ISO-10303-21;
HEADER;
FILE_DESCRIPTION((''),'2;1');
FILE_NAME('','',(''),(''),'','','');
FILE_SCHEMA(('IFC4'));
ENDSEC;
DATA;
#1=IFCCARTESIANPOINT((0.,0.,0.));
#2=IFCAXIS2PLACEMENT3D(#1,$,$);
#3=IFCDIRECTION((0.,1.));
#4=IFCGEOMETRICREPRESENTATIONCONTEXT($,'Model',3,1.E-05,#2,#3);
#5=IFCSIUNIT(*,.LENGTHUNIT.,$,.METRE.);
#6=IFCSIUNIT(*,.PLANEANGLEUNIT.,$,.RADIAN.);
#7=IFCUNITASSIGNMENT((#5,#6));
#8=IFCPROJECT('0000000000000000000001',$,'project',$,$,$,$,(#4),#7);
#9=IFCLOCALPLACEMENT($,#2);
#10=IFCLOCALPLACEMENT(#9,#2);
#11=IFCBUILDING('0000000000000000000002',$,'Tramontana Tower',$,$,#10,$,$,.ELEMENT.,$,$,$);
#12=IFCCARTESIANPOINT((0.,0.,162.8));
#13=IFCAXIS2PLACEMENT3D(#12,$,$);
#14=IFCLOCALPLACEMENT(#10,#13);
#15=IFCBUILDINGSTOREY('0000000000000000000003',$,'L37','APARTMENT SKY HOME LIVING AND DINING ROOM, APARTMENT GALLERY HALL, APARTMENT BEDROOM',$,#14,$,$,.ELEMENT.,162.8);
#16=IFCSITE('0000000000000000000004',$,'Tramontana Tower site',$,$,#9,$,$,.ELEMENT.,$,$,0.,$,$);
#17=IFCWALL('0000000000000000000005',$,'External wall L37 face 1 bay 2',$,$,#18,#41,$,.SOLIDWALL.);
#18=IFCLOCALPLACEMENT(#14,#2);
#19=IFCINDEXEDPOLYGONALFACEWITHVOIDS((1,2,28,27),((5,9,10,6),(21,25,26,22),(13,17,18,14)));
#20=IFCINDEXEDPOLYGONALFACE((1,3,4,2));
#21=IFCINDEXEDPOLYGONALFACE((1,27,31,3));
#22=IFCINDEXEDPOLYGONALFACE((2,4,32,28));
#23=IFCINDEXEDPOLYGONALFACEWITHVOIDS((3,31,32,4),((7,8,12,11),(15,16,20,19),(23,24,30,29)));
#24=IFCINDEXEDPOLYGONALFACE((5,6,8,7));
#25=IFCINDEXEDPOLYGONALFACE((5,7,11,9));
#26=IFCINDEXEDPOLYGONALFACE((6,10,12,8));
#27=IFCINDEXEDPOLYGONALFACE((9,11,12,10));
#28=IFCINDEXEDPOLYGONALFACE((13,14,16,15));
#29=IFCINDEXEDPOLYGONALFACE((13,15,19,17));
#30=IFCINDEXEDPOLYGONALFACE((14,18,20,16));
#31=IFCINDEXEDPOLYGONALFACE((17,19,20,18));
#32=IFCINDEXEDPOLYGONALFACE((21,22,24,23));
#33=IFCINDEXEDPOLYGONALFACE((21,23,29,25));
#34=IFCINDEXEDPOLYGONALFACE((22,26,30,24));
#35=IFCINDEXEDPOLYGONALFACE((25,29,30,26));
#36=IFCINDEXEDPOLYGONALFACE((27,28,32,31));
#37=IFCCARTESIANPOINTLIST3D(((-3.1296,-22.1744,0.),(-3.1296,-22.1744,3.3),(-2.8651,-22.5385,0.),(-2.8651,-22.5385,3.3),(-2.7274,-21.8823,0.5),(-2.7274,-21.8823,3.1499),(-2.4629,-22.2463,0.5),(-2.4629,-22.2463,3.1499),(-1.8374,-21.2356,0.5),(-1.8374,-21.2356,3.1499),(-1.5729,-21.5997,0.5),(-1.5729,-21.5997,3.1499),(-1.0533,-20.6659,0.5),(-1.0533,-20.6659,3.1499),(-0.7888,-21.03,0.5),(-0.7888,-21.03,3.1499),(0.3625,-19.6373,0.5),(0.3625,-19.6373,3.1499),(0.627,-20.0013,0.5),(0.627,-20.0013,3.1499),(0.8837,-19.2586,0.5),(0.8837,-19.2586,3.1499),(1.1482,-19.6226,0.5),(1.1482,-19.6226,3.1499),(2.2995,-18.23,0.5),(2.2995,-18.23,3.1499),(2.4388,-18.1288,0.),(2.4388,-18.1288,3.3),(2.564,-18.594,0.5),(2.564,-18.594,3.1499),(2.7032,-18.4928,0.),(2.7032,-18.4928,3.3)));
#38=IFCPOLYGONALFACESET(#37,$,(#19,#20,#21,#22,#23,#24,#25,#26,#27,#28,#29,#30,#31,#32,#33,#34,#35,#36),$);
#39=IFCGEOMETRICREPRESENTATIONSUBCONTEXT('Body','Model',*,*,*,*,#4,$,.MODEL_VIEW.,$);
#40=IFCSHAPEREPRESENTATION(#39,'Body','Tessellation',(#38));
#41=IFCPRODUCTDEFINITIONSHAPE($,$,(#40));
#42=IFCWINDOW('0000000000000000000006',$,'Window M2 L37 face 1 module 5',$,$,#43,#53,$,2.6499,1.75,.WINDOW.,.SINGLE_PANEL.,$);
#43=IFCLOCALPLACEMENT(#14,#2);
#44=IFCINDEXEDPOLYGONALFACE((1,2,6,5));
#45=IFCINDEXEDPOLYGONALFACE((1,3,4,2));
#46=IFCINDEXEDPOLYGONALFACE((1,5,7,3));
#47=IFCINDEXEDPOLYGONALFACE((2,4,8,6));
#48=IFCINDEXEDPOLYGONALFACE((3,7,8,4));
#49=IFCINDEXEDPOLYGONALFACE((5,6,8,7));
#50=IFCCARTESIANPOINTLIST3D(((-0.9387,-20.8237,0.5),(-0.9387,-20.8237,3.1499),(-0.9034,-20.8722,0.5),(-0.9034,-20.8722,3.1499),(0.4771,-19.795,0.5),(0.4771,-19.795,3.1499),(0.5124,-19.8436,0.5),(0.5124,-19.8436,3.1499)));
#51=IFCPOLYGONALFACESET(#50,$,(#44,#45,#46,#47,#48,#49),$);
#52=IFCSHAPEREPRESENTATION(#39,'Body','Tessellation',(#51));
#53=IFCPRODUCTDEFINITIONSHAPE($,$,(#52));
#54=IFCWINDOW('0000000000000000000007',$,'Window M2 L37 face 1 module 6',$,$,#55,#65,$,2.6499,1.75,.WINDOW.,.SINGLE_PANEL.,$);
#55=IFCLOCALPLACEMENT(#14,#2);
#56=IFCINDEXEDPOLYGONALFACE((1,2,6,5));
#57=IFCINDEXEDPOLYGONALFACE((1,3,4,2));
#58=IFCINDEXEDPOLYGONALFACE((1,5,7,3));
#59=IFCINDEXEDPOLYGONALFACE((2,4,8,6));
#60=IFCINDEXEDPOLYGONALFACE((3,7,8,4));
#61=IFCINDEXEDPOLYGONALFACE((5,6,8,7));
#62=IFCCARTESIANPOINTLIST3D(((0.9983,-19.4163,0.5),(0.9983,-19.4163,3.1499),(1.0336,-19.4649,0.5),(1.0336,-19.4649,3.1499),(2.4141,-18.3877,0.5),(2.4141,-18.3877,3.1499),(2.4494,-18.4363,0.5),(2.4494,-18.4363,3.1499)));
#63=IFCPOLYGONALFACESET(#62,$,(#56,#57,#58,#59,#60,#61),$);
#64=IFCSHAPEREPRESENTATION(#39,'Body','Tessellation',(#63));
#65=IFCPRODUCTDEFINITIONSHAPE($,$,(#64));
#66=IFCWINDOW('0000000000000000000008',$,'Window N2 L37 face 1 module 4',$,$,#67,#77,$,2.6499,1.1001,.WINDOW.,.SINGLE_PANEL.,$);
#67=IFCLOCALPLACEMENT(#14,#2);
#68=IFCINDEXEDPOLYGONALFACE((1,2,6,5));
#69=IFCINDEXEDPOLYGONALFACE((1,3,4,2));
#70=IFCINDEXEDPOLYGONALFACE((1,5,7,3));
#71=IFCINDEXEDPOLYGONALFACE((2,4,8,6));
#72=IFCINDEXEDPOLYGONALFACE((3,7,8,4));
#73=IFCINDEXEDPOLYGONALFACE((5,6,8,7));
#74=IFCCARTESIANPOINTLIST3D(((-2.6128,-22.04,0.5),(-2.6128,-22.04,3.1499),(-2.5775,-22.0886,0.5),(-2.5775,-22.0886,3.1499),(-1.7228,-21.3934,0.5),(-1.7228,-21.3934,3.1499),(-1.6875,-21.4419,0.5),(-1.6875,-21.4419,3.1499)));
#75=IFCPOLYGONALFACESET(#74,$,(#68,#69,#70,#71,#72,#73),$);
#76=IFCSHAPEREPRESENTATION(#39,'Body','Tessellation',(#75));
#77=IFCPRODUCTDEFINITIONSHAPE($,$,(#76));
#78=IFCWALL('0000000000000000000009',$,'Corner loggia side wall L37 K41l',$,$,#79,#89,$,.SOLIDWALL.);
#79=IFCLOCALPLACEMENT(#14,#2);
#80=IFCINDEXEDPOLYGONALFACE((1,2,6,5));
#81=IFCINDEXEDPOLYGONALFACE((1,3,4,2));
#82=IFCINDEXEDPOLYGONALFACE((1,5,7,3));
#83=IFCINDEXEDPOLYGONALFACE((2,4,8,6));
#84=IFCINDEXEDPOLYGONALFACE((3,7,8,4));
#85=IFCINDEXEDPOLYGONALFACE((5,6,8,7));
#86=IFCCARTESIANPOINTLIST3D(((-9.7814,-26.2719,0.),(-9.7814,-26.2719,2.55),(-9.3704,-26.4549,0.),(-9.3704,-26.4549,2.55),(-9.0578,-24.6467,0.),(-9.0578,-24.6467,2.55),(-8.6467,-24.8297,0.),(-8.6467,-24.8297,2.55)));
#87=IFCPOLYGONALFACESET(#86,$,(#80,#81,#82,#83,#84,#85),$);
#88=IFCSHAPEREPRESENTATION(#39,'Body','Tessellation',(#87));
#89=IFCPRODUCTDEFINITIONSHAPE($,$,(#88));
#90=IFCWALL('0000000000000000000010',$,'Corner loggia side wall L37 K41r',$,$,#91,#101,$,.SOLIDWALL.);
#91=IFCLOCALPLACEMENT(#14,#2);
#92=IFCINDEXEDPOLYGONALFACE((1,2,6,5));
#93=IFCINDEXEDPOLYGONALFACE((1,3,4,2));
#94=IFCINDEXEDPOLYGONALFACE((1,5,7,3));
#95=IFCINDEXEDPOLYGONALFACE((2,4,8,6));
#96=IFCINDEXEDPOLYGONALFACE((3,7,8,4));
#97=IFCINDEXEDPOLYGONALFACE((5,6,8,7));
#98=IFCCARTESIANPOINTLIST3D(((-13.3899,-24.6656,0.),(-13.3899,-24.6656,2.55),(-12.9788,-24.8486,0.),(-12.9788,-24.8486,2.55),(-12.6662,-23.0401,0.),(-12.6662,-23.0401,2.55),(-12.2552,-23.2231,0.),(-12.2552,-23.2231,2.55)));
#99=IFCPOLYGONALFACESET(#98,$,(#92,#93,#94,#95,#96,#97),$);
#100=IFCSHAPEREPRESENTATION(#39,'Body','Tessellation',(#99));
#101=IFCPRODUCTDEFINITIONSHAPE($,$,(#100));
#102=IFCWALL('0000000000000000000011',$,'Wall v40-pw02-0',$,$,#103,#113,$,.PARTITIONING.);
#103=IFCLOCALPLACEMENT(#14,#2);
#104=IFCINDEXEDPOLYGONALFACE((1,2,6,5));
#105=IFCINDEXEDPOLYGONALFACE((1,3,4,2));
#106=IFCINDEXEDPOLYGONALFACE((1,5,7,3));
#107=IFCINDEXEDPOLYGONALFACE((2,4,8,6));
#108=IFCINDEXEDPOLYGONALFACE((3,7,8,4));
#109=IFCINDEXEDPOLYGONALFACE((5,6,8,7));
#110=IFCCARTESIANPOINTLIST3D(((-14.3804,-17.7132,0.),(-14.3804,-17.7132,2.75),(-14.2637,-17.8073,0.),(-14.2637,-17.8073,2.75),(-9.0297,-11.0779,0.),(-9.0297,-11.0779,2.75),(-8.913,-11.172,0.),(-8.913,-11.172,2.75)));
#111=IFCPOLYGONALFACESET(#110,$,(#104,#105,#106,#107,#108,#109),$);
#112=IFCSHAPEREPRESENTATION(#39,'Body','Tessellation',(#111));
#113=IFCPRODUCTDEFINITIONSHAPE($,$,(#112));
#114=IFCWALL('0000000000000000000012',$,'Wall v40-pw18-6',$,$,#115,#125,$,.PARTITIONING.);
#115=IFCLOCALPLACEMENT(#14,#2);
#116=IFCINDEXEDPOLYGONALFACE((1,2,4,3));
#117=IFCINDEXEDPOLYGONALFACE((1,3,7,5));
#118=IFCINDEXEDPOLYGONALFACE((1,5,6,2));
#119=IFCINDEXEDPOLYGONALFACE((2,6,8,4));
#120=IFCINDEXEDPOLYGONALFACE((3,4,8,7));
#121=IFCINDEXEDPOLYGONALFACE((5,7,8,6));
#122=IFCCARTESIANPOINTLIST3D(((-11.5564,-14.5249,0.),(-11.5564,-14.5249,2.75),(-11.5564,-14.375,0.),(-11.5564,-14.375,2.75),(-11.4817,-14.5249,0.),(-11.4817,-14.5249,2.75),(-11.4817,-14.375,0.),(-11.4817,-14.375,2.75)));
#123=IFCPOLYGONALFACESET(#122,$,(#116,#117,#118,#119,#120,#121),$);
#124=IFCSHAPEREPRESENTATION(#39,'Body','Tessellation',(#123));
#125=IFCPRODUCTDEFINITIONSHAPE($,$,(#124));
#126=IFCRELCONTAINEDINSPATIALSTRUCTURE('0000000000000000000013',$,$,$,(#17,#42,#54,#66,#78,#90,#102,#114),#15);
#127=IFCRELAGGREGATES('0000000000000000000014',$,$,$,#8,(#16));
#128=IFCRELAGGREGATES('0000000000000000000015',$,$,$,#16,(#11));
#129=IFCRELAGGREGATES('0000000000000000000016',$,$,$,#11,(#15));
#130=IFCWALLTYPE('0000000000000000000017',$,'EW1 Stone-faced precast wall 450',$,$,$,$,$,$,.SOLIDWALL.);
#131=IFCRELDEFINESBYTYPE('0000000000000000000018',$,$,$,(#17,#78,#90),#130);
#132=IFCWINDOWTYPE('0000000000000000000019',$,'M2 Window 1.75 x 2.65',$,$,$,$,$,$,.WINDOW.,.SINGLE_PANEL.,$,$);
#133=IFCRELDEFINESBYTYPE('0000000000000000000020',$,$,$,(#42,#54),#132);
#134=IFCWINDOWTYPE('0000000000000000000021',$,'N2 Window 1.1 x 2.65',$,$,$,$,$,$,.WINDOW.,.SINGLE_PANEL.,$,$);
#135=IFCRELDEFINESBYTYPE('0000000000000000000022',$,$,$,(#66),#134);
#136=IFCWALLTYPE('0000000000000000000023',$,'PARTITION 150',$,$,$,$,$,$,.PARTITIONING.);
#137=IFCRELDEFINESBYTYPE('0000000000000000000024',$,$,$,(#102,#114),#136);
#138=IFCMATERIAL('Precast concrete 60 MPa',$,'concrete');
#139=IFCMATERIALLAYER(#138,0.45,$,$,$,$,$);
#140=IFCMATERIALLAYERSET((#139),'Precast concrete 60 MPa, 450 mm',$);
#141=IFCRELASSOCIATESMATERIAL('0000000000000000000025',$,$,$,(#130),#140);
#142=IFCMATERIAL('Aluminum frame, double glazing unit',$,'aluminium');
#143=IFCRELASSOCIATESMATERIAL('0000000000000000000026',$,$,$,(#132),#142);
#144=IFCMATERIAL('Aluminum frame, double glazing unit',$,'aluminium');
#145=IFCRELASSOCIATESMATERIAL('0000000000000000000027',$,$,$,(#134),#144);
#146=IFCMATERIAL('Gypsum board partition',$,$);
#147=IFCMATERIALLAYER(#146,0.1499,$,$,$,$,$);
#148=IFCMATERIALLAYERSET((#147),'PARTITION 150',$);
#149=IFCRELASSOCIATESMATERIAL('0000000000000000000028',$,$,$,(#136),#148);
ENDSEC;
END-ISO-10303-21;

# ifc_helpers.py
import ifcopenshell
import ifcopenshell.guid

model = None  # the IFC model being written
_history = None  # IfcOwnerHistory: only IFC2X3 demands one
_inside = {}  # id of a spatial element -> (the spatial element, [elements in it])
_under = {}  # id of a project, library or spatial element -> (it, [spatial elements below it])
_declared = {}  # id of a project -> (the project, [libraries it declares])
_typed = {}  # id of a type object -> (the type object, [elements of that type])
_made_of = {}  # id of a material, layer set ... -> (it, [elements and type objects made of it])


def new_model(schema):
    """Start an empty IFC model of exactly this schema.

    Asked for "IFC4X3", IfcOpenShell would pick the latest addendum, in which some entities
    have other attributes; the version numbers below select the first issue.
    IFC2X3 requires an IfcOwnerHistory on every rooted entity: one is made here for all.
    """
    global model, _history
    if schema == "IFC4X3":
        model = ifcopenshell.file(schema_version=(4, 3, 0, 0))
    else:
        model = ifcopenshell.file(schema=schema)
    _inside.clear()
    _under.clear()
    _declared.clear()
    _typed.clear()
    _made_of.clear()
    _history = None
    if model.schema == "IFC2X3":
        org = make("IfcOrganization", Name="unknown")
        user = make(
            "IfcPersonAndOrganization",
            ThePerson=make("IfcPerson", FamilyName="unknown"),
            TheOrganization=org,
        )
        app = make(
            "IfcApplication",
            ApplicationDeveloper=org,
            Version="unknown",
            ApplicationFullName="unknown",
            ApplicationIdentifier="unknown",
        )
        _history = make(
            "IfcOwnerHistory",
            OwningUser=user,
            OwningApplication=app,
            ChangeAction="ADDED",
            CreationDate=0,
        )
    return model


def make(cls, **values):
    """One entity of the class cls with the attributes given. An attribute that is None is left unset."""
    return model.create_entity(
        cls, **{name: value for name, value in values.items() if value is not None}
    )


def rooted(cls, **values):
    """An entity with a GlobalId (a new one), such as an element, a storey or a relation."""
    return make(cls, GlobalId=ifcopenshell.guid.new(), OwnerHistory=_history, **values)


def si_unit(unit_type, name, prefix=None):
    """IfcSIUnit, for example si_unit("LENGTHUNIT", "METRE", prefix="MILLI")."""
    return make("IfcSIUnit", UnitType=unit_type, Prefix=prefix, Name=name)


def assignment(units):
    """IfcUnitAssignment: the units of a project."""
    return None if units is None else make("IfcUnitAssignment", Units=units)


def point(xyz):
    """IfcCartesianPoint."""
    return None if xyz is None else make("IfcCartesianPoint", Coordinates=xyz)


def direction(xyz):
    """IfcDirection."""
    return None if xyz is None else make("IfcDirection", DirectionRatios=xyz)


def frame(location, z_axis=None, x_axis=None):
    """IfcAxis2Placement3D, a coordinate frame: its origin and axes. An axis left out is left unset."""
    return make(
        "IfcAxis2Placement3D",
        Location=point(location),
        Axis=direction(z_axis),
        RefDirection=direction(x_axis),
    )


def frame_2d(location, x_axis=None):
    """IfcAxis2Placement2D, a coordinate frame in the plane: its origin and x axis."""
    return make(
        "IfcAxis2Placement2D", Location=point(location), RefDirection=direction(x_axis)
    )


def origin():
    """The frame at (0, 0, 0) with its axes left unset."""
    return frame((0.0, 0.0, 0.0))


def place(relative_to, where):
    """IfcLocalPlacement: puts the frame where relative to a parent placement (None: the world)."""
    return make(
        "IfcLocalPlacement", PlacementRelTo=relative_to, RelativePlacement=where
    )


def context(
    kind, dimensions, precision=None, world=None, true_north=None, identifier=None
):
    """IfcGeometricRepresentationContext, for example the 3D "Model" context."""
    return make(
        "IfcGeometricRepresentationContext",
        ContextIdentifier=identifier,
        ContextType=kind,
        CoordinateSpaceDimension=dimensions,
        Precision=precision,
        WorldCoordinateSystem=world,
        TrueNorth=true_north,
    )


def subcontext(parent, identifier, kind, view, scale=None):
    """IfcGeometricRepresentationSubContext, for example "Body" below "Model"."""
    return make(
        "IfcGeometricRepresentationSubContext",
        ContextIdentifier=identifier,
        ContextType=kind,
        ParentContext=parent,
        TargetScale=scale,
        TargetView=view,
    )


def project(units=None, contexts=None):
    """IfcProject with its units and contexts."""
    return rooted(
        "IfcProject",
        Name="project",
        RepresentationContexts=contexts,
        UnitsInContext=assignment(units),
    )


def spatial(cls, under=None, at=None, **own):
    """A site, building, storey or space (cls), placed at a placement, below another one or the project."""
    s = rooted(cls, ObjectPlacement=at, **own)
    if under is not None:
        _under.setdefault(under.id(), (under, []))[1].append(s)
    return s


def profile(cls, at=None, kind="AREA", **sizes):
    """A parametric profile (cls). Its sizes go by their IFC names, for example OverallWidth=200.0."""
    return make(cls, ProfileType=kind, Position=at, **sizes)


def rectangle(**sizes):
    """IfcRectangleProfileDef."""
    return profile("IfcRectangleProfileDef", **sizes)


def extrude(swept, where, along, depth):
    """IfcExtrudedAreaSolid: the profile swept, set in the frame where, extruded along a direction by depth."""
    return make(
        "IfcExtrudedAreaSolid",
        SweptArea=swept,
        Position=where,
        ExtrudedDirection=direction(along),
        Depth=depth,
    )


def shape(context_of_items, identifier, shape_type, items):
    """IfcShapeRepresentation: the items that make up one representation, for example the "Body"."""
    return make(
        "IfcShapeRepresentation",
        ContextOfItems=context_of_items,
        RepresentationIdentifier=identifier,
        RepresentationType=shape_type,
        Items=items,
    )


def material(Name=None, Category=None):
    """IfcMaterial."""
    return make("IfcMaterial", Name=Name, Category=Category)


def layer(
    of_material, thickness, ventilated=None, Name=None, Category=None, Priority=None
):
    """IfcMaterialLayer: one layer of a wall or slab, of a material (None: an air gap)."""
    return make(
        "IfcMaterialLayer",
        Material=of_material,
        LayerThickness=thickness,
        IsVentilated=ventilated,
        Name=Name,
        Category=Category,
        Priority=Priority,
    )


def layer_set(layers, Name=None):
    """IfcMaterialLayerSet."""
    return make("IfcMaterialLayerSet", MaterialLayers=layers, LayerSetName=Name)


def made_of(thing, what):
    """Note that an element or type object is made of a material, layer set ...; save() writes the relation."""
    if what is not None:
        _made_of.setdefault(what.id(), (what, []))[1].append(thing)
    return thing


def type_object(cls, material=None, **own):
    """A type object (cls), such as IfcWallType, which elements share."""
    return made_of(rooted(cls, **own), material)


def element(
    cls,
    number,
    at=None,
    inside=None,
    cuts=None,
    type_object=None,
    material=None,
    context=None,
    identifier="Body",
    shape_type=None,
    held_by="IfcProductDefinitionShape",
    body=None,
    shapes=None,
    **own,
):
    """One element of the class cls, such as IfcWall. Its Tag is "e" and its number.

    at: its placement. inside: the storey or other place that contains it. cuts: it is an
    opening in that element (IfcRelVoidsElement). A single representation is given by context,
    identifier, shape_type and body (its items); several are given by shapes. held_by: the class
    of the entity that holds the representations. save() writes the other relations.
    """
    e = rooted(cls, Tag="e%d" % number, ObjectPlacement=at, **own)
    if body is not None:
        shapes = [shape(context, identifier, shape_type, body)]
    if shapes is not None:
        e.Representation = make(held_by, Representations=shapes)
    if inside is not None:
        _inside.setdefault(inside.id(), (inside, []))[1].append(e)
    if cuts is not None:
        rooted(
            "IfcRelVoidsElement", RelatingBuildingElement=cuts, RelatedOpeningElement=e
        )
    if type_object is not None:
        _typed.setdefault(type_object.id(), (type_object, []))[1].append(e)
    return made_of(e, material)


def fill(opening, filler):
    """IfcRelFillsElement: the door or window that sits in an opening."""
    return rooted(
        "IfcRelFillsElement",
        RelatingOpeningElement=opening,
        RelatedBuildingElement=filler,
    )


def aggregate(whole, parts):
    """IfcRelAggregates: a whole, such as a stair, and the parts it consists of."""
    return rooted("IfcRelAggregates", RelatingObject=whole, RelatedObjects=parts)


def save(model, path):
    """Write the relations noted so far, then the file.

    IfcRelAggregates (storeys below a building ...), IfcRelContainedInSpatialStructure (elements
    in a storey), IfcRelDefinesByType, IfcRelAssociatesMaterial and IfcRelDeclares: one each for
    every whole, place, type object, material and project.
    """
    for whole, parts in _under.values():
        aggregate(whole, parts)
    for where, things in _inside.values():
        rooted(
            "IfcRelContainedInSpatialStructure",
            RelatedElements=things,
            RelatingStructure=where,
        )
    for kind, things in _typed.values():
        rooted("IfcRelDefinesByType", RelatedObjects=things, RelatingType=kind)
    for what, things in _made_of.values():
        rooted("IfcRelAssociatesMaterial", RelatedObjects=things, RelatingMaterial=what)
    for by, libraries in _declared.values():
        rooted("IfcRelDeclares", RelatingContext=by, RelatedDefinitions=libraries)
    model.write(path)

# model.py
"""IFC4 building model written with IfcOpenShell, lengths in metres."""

from ifc_helpers import new_model, si_unit, direction, frame, frame_2d, origin, place, context, subcontext, project, spatial, rectangle, extrude, material, layer, layer_set, type_object, element, fill, save


model = new_model("IFC4")

# Units and contexts
model_context = context("Model", 3, precision=1e-05, world=origin(), true_north=direction((0.0, 1.0)))
body_context = subcontext(model_context, "Body", "Model", "MODEL_VIEW")
ifc_project = project(units=[si_unit("LENGTHUNIT", "METRE"), si_unit("PLANEANGLEUNIT", "RADIAN")], contexts=[model_context])

# Site, building, storey
site_placement = place(None, origin())
site = spatial("IfcSite", under=ifc_project, at=site_placement, Name="Tramontana Tower site", CompositionType="ELEMENT", RefElevation=0.0)
building_placement = place(site_placement, origin())
building = spatial("IfcBuilding", under=site, at=building_placement, Name="Tramontana Tower", CompositionType="ELEMENT")
storey_placement = place(building_placement, frame((0.0, 0.0, 162.8)))
storey = spatial("IfcBuildingStorey", under=building, at=storey_placement, Name="L37", Description="APARTMENT SKY HOME LIVING AND DINING ROOM, APARTMENT GALLERY HALL, APARTMENT BEDROOM", CompositionType="ELEMENT", Elevation=162.8)

# Wall, openings, windows
ifc_material_1 = material(Name="Precast concrete 60 MPa", Category="concrete")
ifc_layer_1 = layer(ifc_material_1, 0.45)
ifc_layer_set_1 = layer_set([ifc_layer_1], Name="Precast concrete 60 MPa, 450 mm")
wall_type_1 = type_object("IfcWallType", Name="EW1 Stone-faced precast wall 450", PredefinedType="SOLIDWALL", material=ifc_layer_set_1)
ifc_material_2 = material(Name="Aluminum frame, double glazing unit", Category="aluminium")
window_type_1 = type_object("IfcWindowType", Name="M2 Window 1.75 x 2.65", PartitioningType="SINGLE_PANEL", PredefinedType="WINDOW", material=ifc_material_2)
wall_1_placement = place(storey_placement, frame((-2.9973, -22.3564, 0.0), z_axis=(0.0, 0.0, 1.0), x_axis=(0.809017, 0.587786, 0.0)))
wall_1 = element("IfcWall", 1, at=wall_1_placement, inside=storey, type_object=wall_type_1, Name="External wall L37 face 1 bay 2", PredefinedType="SOLIDWALL", context=body_context, shape_type="SweptSolid", body=[
    extrude(rectangle(XDim=6.8828, YDim=0.45, at=frame_2d((3.4414, 0.0))), origin(), (0.0, 0.0, 1.0), 3.3),
])
opening_1_placement = place(wall_1_placement, frame((0.4971, 0.0, 0.5)))
opening_1 = element("IfcOpeningElement", 2, at=opening_1_placement, cuts=wall_1, PredefinedType="OPENING", context=body_context, shape_type="SweptSolid", body=[
    extrude(rectangle(XDim=1.1001, YDim=2.6499, at=frame_2d((0.55, 1.325))), frame((0.0, 0.2349, 0.0), z_axis=(0.0, -1.0, 0.0), x_axis=(1.0, 0.0, 0.0)), (0.0, 0.0, 1.0), 0.47),
])
opening_2_placement = place(wall_1_placement, frame((2.5664, 0.0, 0.5)))
opening_2 = element("IfcOpeningElement", 3, at=opening_2_placement, cuts=wall_1, PredefinedType="OPENING", context=body_context, shape_type="SweptSolid", body=[
    extrude(rectangle(XDim=1.75, YDim=2.6499, at=frame_2d((0.875, 1.325))), frame((0.0, 0.2349, 0.0), z_axis=(0.0, -1.0, 0.0), x_axis=(1.0, 0.0, 0.0)), (0.0, 0.0, 1.0), 0.47),
])
opening_3_placement = place(wall_1_placement, frame((4.9607, 0.0, 0.5)))
opening_3 = element("IfcOpeningElement", 4, at=opening_3_placement, cuts=wall_1, PredefinedType="OPENING", context=body_context, shape_type="SweptSolid", body=[
    extrude(rectangle(XDim=1.75, YDim=2.6499, at=frame_2d((0.875, 1.325))), frame((0.0, 0.2349, 0.0), z_axis=(0.0, -1.0, 0.0), x_axis=(1.0, 0.0, 0.0)), (0.0, 0.0, 1.0), 0.47),
])
window_1_placement = place(opening_2_placement, origin())
window_1 = element("IfcWindow", 5, at=window_1_placement, inside=storey, type_object=window_type_1, Name="Window M2 L37 face 1 module 5", OverallHeight=2.6499, OverallWidth=1.75, PartitioningType="SINGLE_PANEL", PredefinedType="WINDOW", context=body_context, shape_type="SweptSolid", body=[
    extrude(rectangle(XDim=1.75, YDim=2.6499, at=frame_2d((0.875, 1.325))), frame((0.0, 0.03, 0.0), z_axis=(0.0, -1.0, 0.0), x_axis=(1.0, 0.0, 0.0)), (0.0, 0.0, 1.0), 0.0601),
])
fill(opening_2, window_1)
window_2_placement = place(opening_3_placement, origin())
window_2 = element("IfcWindow", 6, at=window_2_placement, inside=storey, type_object=window_type_1, Name="Window M2 L37 face 1 module 6", OverallHeight=2.6499, OverallWidth=1.75, PartitioningType="SINGLE_PANEL", PredefinedType="WINDOW", context=body_context, shape_type="SweptSolid", body=[
    extrude(rectangle(XDim=1.75, YDim=2.6499, at=frame_2d((0.875, 1.325))), frame((0.0, 0.03, 0.0), z_axis=(0.0, -1.0, 0.0), x_axis=(1.0, 0.0, 0.0)), (0.0, 0.0, 1.0), 0.0601),
])
fill(opening_3, window_2)
ifc_material_3 = material(Name="Aluminum frame, double glazing unit", Category="aluminium")
window_type_2 = type_object("IfcWindowType", Name="N2 Window 1.1 x 2.65", PartitioningType="SINGLE_PANEL", PredefinedType="WINDOW", material=ifc_material_3)
window_3_placement = place(opening_1_placement, origin())
window_3 = element("IfcWindow", 7, at=window_3_placement, inside=storey, type_object=window_type_2, Name="Window N2 L37 face 1 module 4", OverallHeight=2.6499, OverallWidth=1.1001, PartitioningType="SINGLE_PANEL", PredefinedType="WINDOW", context=body_context, shape_type="SweptSolid", body=[
    extrude(rectangle(XDim=1.1001, YDim=2.6499, at=frame_2d((0.55, 1.325))), frame((0.0, 0.03, 0.0), z_axis=(0.0, -1.0, 0.0), x_axis=(1.0, 0.0, 0.0)), (0.0, 0.0, 1.0), 0.0601),
])
fill(opening_1, window_3)

# Walls
wall_2_placement = place(storey_placement, frame((-9.5759, -26.3635, 0.0), z_axis=(0.0, 0.0, 1.0), x_axis=(0.40675, 0.91354, 0.0)))
element("IfcWall", 8, at=wall_2_placement, inside=storey, type_object=wall_type_1, Name="Corner loggia side wall L37 K41l", PredefinedType="SOLIDWALL", context=body_context, shape_type="SweptSolid", body=[
    extrude(rectangle(XDim=1.7791, YDim=0.45, at=frame_2d((0.8896, 0.0))), origin(), (0.0, 0.0, 1.0), 2.55),
])
wall_3_placement = place(storey_placement, frame((-13.1843, -24.7571, 0.0), z_axis=(0.0, 0.0, 1.0), x_axis=(0.406699, 0.913562, 0.0)))
element("IfcWall", 9, at=wall_3_placement, inside=storey, type_object=wall_type_1, Name="Corner loggia side wall L37 K41r", PredefinedType="SOLIDWALL", context=body_context, shape_type="SweptSolid", body=[
    extrude(rectangle(XDim=1.7793, YDim=0.45, at=frame_2d((0.8896, 0.0))), origin(), (0.0, 0.0, 1.0), 2.55),
])

# Walls
ifc_material_4 = material(Name="Gypsum board partition")
ifc_layer_2 = layer(ifc_material_4, 0.1499)
ifc_layer_set_2 = layer_set([ifc_layer_2], Name="PARTITION 150")
wall_type_2 = type_object("IfcWallType", Name="PARTITION 150", PredefinedType="PARTITIONING", material=ifc_layer_set_2)
wall_4_placement = place(storey_placement, frame((-14.322, -17.7603, 0.0), z_axis=(0.0, 0.0, 1.0), x_axis=(0.627722, 0.778437, 0.0)))
element("IfcWall", 10, at=wall_4_placement, inside=storey, type_object=wall_type_2, Name="Wall v40-pw02-0", PredefinedType="PARTITIONING", context=body_context, shape_type="SweptSolid", body=[
    extrude(rectangle(XDim=8.5239, YDim=0.1499, at=frame_2d((4.262, 0.0))), origin(), (0.0, 0.0, 1.0), 2.75),
])
wall_5_placement = place(storey_placement, frame((-11.4817, -14.45, 0.0), z_axis=(0.0, 0.0, 1.0), x_axis=(-1.0, 0.0, 0.0)))
element("IfcWall", 11, at=wall_5_placement, inside=storey, type_object=wall_type_2, Name="Wall v40-pw18-6", PredefinedType="PARTITIONING", context=body_context, shape_type="SweptSolid", body=[
    extrude(rectangle(XDim=0.0747, YDim=0.1499, at=frame_2d((0.0374, 0.0))), origin(), (0.0, 0.0, 1.0), 2.75),
])

save(model, "model.ifc")
